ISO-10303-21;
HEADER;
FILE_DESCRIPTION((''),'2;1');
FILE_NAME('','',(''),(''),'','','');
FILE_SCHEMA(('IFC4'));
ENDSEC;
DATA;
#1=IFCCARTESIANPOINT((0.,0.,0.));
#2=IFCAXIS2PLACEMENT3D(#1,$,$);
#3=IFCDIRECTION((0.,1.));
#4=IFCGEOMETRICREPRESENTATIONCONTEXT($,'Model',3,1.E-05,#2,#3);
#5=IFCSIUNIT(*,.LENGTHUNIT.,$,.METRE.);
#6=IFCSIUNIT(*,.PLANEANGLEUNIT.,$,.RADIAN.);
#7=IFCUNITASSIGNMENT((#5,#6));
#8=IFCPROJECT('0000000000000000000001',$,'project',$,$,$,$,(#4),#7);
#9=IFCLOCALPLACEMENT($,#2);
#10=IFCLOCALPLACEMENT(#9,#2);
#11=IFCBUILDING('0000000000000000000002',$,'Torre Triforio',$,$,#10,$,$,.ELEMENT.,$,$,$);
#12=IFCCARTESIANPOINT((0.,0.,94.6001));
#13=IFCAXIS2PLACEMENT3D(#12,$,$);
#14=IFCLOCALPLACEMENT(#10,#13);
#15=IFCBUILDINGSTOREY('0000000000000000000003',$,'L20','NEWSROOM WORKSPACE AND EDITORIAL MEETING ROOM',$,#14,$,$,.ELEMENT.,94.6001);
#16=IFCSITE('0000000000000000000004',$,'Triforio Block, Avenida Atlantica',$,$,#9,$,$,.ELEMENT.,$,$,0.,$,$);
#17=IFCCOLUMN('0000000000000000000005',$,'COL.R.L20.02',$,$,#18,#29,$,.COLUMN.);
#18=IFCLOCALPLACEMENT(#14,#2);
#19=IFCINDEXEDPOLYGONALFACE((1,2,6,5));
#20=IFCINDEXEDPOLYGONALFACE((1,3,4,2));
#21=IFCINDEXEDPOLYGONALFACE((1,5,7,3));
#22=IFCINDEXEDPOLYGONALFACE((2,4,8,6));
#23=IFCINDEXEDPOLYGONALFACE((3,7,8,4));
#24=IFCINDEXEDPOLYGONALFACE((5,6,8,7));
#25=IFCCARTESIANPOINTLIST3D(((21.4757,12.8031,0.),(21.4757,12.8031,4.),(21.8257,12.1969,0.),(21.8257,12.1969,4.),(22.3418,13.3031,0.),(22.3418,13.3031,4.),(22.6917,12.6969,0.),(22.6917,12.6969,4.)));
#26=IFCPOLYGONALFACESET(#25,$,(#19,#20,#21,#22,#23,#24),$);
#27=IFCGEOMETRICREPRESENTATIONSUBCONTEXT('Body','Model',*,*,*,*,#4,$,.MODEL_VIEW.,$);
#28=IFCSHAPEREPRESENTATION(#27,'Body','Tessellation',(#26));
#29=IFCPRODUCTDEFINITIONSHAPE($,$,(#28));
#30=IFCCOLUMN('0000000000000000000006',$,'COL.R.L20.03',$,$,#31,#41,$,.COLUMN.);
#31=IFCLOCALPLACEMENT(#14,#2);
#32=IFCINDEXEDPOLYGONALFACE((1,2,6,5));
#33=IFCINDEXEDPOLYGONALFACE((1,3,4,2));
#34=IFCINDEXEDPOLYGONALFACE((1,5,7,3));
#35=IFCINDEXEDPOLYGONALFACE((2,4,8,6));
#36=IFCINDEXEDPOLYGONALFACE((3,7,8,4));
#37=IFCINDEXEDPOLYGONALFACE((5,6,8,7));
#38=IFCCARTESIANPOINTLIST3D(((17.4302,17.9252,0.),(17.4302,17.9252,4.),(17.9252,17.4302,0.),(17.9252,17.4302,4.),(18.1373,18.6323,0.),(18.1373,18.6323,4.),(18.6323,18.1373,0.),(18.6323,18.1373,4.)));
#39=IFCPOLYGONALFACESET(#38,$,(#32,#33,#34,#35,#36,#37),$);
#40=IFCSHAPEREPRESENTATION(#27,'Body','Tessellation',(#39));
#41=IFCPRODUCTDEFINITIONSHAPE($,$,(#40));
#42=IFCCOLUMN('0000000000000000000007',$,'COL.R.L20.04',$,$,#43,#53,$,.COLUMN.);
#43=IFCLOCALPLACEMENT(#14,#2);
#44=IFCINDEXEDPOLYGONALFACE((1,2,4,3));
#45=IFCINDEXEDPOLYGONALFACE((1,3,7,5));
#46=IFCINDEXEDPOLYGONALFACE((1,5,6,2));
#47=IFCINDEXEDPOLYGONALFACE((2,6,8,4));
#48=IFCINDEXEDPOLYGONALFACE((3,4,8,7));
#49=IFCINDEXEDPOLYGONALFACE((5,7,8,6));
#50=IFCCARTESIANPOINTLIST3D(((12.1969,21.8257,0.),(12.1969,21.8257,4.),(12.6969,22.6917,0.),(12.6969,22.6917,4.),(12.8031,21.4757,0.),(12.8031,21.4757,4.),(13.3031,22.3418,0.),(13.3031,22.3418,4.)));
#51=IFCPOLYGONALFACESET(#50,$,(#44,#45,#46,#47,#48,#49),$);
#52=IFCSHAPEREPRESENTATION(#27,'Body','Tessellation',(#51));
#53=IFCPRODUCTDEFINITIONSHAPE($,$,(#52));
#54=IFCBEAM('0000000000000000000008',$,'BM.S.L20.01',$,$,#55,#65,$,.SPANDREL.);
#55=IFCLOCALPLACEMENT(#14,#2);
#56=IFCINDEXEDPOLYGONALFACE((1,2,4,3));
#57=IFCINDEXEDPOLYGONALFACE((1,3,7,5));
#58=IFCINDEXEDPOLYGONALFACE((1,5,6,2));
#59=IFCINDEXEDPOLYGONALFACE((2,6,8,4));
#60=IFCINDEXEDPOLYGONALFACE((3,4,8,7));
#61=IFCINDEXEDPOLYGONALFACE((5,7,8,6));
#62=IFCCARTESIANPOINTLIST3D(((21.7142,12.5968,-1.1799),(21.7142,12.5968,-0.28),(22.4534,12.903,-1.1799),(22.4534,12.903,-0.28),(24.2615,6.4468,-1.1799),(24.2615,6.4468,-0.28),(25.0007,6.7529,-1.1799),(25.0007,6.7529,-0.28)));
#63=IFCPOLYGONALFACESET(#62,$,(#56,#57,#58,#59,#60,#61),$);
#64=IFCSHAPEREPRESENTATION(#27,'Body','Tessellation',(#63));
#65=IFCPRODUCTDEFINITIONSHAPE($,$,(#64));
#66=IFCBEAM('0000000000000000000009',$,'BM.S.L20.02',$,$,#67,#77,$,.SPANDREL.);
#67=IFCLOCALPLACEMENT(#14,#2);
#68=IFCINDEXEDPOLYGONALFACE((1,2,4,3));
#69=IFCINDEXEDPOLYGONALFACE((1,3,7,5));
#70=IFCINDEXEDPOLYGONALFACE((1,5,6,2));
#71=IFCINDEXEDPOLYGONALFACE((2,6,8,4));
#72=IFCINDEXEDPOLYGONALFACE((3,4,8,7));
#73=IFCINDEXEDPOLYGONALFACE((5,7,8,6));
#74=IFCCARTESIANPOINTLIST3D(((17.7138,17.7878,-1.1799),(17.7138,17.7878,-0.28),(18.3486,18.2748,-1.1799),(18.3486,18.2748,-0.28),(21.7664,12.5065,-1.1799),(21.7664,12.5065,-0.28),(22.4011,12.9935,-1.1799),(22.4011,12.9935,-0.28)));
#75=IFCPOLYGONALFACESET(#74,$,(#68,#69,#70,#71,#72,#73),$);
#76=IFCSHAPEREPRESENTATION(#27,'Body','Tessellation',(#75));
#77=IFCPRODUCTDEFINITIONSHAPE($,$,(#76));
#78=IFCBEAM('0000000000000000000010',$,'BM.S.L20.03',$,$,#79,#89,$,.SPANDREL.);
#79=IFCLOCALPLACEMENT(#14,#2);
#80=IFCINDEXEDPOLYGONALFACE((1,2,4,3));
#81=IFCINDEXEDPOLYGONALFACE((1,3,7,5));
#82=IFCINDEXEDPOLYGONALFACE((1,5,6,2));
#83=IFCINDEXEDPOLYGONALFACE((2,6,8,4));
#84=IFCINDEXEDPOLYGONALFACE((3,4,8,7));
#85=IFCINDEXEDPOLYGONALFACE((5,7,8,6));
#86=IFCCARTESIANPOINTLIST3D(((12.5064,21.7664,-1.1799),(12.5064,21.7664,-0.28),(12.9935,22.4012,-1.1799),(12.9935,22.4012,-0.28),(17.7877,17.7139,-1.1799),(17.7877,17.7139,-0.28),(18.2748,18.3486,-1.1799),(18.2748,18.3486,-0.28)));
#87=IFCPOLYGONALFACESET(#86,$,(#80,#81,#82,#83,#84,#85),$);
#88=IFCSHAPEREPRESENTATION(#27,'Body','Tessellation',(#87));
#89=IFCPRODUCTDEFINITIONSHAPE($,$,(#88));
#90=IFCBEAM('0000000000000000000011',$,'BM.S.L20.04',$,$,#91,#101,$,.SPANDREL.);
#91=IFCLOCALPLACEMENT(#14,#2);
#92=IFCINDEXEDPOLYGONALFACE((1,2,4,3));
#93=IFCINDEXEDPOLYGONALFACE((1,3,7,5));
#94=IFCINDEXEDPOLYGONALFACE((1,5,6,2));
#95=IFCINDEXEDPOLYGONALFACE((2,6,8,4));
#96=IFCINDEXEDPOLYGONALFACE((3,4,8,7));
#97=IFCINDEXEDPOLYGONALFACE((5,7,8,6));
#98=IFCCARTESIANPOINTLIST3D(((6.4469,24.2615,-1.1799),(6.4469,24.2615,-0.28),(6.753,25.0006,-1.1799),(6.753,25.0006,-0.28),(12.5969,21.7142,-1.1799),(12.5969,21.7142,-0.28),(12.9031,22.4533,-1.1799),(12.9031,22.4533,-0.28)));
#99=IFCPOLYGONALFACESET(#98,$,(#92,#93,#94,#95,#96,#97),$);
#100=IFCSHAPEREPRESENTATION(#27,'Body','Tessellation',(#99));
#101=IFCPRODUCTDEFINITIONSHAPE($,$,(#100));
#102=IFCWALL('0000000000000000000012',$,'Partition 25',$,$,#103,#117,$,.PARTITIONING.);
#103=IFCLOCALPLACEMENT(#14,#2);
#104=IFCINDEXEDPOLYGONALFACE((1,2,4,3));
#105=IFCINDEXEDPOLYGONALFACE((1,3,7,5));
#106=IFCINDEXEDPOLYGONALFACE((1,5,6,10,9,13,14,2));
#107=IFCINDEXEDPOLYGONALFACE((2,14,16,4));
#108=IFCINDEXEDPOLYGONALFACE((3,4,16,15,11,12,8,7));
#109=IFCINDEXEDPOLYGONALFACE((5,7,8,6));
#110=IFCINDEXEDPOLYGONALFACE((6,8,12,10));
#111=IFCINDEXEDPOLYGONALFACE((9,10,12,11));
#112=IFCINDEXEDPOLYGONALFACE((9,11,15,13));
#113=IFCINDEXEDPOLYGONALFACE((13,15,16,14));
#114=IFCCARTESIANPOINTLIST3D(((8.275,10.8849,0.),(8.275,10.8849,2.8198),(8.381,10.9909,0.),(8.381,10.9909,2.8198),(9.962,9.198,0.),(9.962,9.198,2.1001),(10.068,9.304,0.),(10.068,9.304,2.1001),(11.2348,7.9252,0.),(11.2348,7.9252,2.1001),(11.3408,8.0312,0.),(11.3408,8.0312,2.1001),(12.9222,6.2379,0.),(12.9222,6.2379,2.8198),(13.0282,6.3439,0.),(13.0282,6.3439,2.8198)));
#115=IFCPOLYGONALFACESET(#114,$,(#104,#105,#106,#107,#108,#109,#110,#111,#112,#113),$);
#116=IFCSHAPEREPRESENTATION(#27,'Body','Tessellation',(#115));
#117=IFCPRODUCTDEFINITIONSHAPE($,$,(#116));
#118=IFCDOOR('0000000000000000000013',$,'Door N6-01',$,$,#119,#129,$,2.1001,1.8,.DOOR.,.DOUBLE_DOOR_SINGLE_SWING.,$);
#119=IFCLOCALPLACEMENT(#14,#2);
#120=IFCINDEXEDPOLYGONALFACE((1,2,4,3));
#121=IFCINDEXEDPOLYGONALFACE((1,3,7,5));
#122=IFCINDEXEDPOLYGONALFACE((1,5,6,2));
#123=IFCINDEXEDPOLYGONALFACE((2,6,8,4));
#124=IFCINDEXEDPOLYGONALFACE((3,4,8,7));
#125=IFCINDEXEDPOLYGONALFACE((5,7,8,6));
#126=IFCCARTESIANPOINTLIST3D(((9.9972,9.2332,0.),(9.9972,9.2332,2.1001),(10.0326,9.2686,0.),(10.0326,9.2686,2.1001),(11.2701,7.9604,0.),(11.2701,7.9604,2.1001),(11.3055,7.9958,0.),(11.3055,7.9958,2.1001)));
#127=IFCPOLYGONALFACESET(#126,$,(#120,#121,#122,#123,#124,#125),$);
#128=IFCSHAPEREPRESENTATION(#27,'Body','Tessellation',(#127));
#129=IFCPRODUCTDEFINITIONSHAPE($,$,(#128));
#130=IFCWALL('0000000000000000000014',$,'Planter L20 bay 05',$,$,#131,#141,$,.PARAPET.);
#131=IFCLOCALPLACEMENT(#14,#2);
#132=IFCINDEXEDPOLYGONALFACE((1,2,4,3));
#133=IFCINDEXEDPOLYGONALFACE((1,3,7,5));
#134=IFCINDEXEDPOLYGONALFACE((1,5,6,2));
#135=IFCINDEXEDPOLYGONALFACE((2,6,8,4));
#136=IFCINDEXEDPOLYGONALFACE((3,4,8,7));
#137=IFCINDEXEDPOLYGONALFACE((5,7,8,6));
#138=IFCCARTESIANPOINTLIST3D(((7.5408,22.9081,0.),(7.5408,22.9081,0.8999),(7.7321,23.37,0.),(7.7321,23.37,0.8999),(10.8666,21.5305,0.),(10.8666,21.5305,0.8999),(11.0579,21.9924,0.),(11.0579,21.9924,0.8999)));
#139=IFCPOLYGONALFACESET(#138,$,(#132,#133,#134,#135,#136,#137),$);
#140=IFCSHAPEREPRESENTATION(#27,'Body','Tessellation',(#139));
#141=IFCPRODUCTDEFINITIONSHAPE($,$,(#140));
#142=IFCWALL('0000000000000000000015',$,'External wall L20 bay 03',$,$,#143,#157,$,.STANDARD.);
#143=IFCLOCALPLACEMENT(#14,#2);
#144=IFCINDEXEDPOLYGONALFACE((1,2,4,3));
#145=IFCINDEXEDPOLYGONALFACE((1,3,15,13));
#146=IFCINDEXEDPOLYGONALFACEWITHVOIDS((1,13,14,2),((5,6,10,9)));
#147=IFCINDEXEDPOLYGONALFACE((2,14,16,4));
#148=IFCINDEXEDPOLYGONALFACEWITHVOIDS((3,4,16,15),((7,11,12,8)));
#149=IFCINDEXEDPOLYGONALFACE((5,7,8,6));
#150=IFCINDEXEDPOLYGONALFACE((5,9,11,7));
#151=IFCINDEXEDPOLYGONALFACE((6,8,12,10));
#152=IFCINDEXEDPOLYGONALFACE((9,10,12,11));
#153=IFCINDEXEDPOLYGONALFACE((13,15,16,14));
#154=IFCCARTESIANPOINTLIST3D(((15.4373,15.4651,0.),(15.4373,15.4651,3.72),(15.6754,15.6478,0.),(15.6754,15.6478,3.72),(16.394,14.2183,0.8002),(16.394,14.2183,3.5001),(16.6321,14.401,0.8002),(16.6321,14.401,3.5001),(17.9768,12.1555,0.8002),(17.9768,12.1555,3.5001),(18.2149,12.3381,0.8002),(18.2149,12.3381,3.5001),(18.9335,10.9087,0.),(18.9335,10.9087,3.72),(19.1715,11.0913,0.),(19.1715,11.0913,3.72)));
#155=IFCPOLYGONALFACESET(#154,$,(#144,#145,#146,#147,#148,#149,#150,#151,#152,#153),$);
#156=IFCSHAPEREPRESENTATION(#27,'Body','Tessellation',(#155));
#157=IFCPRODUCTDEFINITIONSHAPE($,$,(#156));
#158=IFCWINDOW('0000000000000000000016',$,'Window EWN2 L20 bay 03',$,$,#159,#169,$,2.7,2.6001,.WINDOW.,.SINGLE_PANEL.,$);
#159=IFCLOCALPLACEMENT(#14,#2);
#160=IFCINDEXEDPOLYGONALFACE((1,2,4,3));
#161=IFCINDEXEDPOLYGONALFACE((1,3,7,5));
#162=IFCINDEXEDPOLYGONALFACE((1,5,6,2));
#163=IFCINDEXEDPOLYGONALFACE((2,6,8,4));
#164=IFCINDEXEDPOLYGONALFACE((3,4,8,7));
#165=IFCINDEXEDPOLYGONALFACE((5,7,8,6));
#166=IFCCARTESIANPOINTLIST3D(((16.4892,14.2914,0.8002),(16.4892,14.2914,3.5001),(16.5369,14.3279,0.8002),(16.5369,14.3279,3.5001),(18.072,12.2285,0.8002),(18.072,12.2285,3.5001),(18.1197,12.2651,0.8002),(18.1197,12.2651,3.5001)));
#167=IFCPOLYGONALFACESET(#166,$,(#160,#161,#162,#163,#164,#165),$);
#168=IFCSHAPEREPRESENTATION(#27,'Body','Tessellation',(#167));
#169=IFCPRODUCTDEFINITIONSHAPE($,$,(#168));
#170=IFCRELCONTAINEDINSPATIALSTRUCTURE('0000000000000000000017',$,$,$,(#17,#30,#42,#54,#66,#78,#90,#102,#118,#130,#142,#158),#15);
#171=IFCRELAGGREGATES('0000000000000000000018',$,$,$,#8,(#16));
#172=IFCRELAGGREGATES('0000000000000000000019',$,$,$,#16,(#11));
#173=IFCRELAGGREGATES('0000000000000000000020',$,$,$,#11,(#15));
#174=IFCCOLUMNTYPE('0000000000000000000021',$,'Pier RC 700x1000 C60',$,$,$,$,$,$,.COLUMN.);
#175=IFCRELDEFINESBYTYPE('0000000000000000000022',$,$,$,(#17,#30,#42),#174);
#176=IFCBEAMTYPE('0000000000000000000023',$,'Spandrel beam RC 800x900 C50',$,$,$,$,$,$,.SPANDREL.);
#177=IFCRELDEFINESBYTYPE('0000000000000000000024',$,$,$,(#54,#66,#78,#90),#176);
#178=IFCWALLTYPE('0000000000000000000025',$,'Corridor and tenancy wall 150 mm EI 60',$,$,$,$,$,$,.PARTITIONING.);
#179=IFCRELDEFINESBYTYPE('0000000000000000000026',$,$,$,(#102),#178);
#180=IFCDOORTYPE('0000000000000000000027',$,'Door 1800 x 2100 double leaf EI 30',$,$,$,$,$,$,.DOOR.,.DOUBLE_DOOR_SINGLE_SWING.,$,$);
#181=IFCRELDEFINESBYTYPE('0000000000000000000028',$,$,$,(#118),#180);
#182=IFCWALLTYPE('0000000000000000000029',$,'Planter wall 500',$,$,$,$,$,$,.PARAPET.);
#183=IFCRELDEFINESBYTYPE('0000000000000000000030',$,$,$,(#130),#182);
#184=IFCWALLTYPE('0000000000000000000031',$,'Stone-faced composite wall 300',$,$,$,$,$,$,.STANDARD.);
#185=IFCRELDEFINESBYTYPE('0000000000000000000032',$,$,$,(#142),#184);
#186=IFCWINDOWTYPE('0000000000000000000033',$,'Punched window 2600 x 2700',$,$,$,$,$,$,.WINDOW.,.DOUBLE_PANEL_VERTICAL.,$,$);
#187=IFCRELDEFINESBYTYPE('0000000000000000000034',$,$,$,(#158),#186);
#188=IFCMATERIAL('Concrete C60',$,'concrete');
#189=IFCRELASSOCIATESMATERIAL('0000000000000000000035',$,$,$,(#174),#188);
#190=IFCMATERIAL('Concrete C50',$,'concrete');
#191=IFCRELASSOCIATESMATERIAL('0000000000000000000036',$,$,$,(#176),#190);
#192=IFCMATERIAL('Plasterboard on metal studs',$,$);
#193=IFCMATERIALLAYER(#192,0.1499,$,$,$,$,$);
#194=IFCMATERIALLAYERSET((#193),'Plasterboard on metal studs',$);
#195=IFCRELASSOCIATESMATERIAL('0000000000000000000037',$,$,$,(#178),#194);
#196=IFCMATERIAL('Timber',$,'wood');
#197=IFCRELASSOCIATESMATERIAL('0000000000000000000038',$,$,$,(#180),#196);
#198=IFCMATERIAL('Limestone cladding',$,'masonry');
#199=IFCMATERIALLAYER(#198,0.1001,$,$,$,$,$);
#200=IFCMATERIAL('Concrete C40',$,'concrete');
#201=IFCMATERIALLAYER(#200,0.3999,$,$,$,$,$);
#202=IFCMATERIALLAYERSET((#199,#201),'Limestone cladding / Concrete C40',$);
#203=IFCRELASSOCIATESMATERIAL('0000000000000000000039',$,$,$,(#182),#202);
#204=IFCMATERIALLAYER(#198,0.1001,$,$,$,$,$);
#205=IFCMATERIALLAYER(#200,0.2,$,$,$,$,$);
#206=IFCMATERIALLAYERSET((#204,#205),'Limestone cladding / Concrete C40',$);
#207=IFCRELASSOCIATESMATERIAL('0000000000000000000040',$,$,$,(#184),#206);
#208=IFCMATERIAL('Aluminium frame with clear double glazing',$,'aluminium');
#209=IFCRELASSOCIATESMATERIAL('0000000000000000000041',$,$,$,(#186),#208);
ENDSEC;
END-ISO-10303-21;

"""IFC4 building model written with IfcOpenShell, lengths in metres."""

from ifc_helpers import new_model, si_unit, direction, frame, frame_2d, origin, origin_2d, place, context, subcontext, project, spatial, rectangle, extrude, material, layer, layer_set, material_profile, profile_set, type_object, element, fill, save


model = new_model("IFC4")

# Units and contexts
model_context = context("Model", 3, precision=1e-05, world=origin(), true_north=direction((0.0, 1.0)))
body_context = subcontext(model_context, "Body", "Model", "MODEL_VIEW")
ifc_project = project(units=[si_unit("LENGTHUNIT", "METRE"), si_unit("PLANEANGLEUNIT", "RADIAN")], contexts=[model_context])

# Site, building, storey
site_placement = place(None, origin())
site = spatial("IfcSite", under=ifc_project, at=site_placement, Name="Triforio Block, Avenida Atlantica", CompositionType="ELEMENT", RefElevation=0.0)
building_placement = place(site_placement, origin())
building = spatial("IfcBuilding", under=site, at=building_placement, Name="Torre Triforio", CompositionType="ELEMENT")
storey_placement = place(building_placement, frame((0.0, 0.0, 94.6001)))
storey = spatial("IfcBuildingStorey", under=building, at=storey_placement, Name="L20", Description="NEWSROOM WORKSPACE AND EDITORIAL MEETING ROOM", CompositionType="ELEMENT", Elevation=94.6001)

# Columns
ifc_material_1 = material(Name="Concrete C60", Category="concrete")
ifc_material_profile_1 = material_profile(ifc_material_1, rectangle(XDim=0.7, YDim=1.0, at=origin_2d()), Name="RC 700x1000")
ifc_profile_set_1 = profile_set([ifc_material_profile_1], Name="Concrete C60")
column_type = type_object("IfcColumnType", Name="Pier RC 700x1000 C60", PredefinedType="COLUMN", material=ifc_profile_set_1)
for number, where, z_axis, x_axis, name in (
    (1, (22.0837, 12.75, 0.0), (0.0, 0.0, 1.0), (-0.5, 0.866025, 0.0), "COL.R.L20.02"),
    (2, (18.0312, 18.0312, 0.0), (0.0, 0.0, 1.0), (-0.707107, 0.707107, 0.0), "COL.R.L20.03"),
    (3, (12.75, 22.0837, 0.0), (0.0, 0.0, 1.0), (-0.866025, 0.5, 0.0), "COL.R.L20.04"),
):
    element("IfcColumn", number, at=place(storey_placement, frame(where, z_axis=z_axis, x_axis=x_axis)), inside=storey, type_object=column_type, Name=name, PredefinedType="COLUMN", context=body_context, shape_type="SweptSolid", body=[
        extrude(rectangle(XDim=0.7, YDim=1.0, at=origin_2d()), origin(), (0.0, 0.0, 1.0), 4.0),
    ])

# Beams
ifc_material_2 = material(Name="Concrete C50", Category="concrete")
ifc_material_profile_2 = material_profile(ifc_material_2, rectangle(XDim=0.8, YDim=0.8999, at=origin_2d()), Name="RC 800x900")
ifc_profile_set_2 = profile_set([ifc_material_profile_2], Name="Concrete C50")
beam_type = type_object("IfcBeamType", Name="Spandrel beam RC 800x900 C50", PredefinedType="SPANDREL", material=ifc_profile_set_2)
beam_1_placement = place(storey_placement, frame((24.6311, 6.5999, -0.73), z_axis=(-0.382669, 0.923885, 0.0), x_axis=(-0.923885, -0.382669, 0.0)))
element("IfcBeam", 4, at=beam_1_placement, inside=storey, type_object=beam_type, Name="BM.S.L20.01", PredefinedType="SPANDREL", context=body_context, shape_type="SweptSolid", body=[
    extrude(rectangle(XDim=0.8, YDim=0.8999, at=origin_2d()), origin(), (0.0, 0.0, 1.0), 6.6567),
])
for number, where, z_axis, x_axis, name in (
    (5, (22.0837, 12.75, -0.73), (-0.608766, 0.79335, 0.0), (-0.79335, -0.608766, 0.0), "BM.S.L20.02"),
    (6, (18.0312, 18.0312, -0.73), (-0.79335, 0.608766, 0.0), (-0.608766, -0.79335, 0.0), "BM.S.L20.03"),
):
    element("IfcBeam", number, at=place(storey_placement, frame(where, z_axis=z_axis, x_axis=x_axis)), inside=storey, type_object=beam_type, Name=name, PredefinedType="SPANDREL", context=body_context, shape_type="SweptSolid", body=[
        extrude(rectangle(XDim=0.8, YDim=0.8999, at=origin_2d()), origin(), (0.0, 0.0, 1.0), 6.657),
    ])
beam_2_placement = place(storey_placement, frame((12.75, 22.0837, -0.73), z_axis=(-0.923885, 0.382669, 0.0), x_axis=(-0.382669, -0.923885, 0.0)))
element("IfcBeam", 7, at=beam_2_placement, inside=storey, type_object=beam_type, Name="BM.S.L20.04", PredefinedType="SPANDREL", context=body_context, shape_type="SweptSolid", body=[
    extrude(rectangle(XDim=0.8, YDim=0.8999, at=origin_2d()), origin(), (0.0, 0.0, 1.0), 6.6567),
])

# Wall, opening, door
ifc_material_3 = material(Name="Plasterboard on metal studs")
ifc_layer_1 = layer(ifc_material_3, 0.1499)
ifc_layer_set_1 = layer_set([ifc_layer_1], Name="Plasterboard on metal studs")
wall_type_1 = type_object("IfcWallType", Name="Corridor and tenancy wall 150 mm EI 60", PredefinedType="PARTITIONING", material=ifc_layer_set_1)
wall_1_placement = place(storey_placement, frame((8.3279, 10.938, 0.0), z_axis=(0.0, 0.0, 1.0), x_axis=(0.707125, -0.707088, 0.0)))
wall_1 = element("IfcWall", 8, at=wall_1_placement, inside=storey, type_object=wall_type_1, Name="Partition 25", PredefinedType="PARTITIONING", context=body_context, shape_type="SweptSolid", body=[
    extrude(rectangle(XDim=6.572, YDim=0.1499, at=frame_2d((3.2861, 0.0))), origin(), (0.0, 0.0, 1.0), 2.8198),
])
opening_1_placement = place(wall_1_placement, frame((2.386, 0.0, 0.0)))
opening_1 = element("IfcOpeningElement", 9, at=opening_1_placement, cuts=wall_1, PredefinedType="OPENING", context=body_context, shape_type="SweptSolid", body=[
    extrude(rectangle(XDim=1.8, YDim=2.1001, at=frame_2d((0.8999, 1.05))), frame((0.0, 0.085, 0.0), z_axis=(0.0, -1.0, 0.0), x_axis=(1.0, 0.0, 0.0)), (0.0, 0.0, 1.0), 0.1699),
])
ifc_material_4 = material(Name="Timber", Category="wood")
door_type_1 = type_object("IfcDoorType", Name="Door 1800 x 2100 double leaf EI 30", OperationType="DOUBLE_DOOR_SINGLE_SWING", PredefinedType="DOOR", material=ifc_material_4)
door_1_placement = place(opening_1_placement, origin())
door_1 = element("IfcDoor", 10, at=door_1_placement, inside=storey, type_object=door_type_1, Name="Door N6-01", OperationType="DOUBLE_DOOR_SINGLE_SWING", OverallHeight=2.1001, OverallWidth=1.8, PredefinedType="DOOR", context=body_context, shape_type="SweptSolid", body=[
    extrude(rectangle(XDim=1.8, YDim=2.1001, at=frame_2d((0.8999, 1.05))), frame((0.0, 0.0249, 0.0), z_axis=(0.0, -1.0, 0.0), x_axis=(1.0, 0.0, 0.0)), (0.0, 0.0, 1.0), 0.05),
])
fill(opening_1, door_1)

# Wall
ifc_material_5 = material(Name="Limestone cladding", Category="masonry")
ifc_layer_2 = layer(ifc_material_5, 0.1001)
ifc_material_6 = material(Name="Concrete C40", Category="concrete")
ifc_layer_3 = layer(ifc_material_6, 0.3999)
ifc_layer_set_2 = layer_set([ifc_layer_2, ifc_layer_3], Name="Limestone cladding / Concrete C40")
wall_type_2 = type_object("IfcWallType", Name="Planter wall 500", PredefinedType="PARAPET", material=ifc_layer_set_2)
wall_2_placement = place(storey_placement, frame((10.9622, 21.7615, 0.0), z_axis=(0.0, 0.0, 1.0), x_axis=(-0.923875, 0.382693, 0.0)))
element("IfcWall", 11, at=wall_2_placement, inside=storey, type_object=wall_type_2, Name="Planter L20 bay 05", PredefinedType="PARAPET", context=body_context, shape_type="SweptSolid", body=[
    extrude(rectangle(XDim=3.5999, YDim=0.5, at=frame_2d((1.7998, 0.0))), origin(), (0.0, 0.0, 1.0), 0.8999),
])

# Wall, opening, window
ifc_layer_4 = layer(ifc_material_5, 0.1001)
ifc_layer_5 = layer(ifc_material_6, 0.2)
ifc_layer_set_3 = layer_set([ifc_layer_4, ifc_layer_5], Name="Limestone cladding / Concrete C40")
wall_type_3 = type_object("IfcWallType", Name="Stone-faced composite wall 300", PredefinedType="STANDARD", material=ifc_layer_set_3)
wall_3_placement = place(storey_placement, frame((19.0525, 11.0, 0.0), z_axis=(0.0, 0.0, 1.0), x_axis=(-0.608745, 0.793366, 0.0)))
wall_3 = element("IfcWall", 12, at=wall_3_placement, inside=storey, type_object=wall_type_3, Name="External wall L20 bay 03", PredefinedType="STANDARD", context=body_context, shape_type="SweptSolid", body=[
    extrude(rectangle(XDim=5.7432, YDim=0.3, at=frame_2d((2.8716, 0.0))), origin(), (0.0, 0.0, 1.0), 3.72),
])
opening_2_placement = place(wall_3_placement, frame((1.5715, 0.0, 0.8)))
opening_2 = element("IfcOpeningElement", 13, at=opening_2_placement, cuts=wall_3, PredefinedType="OPENING", context=body_context, shape_type="SweptSolid", body=[
    extrude(rectangle(XDim=2.6001, YDim=2.7, at=frame_2d((1.3, 1.3501))), frame((0.0, 0.1599, 0.0), z_axis=(0.0, -1.0, 0.0), x_axis=(1.0, 0.0, 0.0)), (0.0, 0.0, 1.0), 0.3201),
])
ifc_material_7 = material(Name="Aluminium frame with clear double glazing", Category="aluminium")
window_type_1 = type_object("IfcWindowType", Name="Punched window 2600 x 2700", PartitioningType="DOUBLE_PANEL_VERTICAL", PredefinedType="WINDOW", material=ifc_material_7)
window_1_placement = place(opening_2_placement, origin())
window_1 = element("IfcWindow", 14, at=window_1_placement, inside=storey, type_object=window_type_1, Name="Window EWN2 L20 bay 03", OverallHeight=2.7, OverallWidth=2.6001, PartitioningType="SINGLE_PANEL", PredefinedType="WINDOW", context=body_context, shape_type="SweptSolid", body=[
    extrude(rectangle(XDim=2.6001, YDim=2.7, at=frame_2d((1.3, 1.3501))), frame((0.0, 0.03, 0.0), z_axis=(0.0, -1.0, 0.0), x_axis=(1.0, 0.0, 0.0)), (0.0, 0.0, 1.0), 0.0601),
])
fill(opening_2, window_1)

save(model, "model.ifc")
